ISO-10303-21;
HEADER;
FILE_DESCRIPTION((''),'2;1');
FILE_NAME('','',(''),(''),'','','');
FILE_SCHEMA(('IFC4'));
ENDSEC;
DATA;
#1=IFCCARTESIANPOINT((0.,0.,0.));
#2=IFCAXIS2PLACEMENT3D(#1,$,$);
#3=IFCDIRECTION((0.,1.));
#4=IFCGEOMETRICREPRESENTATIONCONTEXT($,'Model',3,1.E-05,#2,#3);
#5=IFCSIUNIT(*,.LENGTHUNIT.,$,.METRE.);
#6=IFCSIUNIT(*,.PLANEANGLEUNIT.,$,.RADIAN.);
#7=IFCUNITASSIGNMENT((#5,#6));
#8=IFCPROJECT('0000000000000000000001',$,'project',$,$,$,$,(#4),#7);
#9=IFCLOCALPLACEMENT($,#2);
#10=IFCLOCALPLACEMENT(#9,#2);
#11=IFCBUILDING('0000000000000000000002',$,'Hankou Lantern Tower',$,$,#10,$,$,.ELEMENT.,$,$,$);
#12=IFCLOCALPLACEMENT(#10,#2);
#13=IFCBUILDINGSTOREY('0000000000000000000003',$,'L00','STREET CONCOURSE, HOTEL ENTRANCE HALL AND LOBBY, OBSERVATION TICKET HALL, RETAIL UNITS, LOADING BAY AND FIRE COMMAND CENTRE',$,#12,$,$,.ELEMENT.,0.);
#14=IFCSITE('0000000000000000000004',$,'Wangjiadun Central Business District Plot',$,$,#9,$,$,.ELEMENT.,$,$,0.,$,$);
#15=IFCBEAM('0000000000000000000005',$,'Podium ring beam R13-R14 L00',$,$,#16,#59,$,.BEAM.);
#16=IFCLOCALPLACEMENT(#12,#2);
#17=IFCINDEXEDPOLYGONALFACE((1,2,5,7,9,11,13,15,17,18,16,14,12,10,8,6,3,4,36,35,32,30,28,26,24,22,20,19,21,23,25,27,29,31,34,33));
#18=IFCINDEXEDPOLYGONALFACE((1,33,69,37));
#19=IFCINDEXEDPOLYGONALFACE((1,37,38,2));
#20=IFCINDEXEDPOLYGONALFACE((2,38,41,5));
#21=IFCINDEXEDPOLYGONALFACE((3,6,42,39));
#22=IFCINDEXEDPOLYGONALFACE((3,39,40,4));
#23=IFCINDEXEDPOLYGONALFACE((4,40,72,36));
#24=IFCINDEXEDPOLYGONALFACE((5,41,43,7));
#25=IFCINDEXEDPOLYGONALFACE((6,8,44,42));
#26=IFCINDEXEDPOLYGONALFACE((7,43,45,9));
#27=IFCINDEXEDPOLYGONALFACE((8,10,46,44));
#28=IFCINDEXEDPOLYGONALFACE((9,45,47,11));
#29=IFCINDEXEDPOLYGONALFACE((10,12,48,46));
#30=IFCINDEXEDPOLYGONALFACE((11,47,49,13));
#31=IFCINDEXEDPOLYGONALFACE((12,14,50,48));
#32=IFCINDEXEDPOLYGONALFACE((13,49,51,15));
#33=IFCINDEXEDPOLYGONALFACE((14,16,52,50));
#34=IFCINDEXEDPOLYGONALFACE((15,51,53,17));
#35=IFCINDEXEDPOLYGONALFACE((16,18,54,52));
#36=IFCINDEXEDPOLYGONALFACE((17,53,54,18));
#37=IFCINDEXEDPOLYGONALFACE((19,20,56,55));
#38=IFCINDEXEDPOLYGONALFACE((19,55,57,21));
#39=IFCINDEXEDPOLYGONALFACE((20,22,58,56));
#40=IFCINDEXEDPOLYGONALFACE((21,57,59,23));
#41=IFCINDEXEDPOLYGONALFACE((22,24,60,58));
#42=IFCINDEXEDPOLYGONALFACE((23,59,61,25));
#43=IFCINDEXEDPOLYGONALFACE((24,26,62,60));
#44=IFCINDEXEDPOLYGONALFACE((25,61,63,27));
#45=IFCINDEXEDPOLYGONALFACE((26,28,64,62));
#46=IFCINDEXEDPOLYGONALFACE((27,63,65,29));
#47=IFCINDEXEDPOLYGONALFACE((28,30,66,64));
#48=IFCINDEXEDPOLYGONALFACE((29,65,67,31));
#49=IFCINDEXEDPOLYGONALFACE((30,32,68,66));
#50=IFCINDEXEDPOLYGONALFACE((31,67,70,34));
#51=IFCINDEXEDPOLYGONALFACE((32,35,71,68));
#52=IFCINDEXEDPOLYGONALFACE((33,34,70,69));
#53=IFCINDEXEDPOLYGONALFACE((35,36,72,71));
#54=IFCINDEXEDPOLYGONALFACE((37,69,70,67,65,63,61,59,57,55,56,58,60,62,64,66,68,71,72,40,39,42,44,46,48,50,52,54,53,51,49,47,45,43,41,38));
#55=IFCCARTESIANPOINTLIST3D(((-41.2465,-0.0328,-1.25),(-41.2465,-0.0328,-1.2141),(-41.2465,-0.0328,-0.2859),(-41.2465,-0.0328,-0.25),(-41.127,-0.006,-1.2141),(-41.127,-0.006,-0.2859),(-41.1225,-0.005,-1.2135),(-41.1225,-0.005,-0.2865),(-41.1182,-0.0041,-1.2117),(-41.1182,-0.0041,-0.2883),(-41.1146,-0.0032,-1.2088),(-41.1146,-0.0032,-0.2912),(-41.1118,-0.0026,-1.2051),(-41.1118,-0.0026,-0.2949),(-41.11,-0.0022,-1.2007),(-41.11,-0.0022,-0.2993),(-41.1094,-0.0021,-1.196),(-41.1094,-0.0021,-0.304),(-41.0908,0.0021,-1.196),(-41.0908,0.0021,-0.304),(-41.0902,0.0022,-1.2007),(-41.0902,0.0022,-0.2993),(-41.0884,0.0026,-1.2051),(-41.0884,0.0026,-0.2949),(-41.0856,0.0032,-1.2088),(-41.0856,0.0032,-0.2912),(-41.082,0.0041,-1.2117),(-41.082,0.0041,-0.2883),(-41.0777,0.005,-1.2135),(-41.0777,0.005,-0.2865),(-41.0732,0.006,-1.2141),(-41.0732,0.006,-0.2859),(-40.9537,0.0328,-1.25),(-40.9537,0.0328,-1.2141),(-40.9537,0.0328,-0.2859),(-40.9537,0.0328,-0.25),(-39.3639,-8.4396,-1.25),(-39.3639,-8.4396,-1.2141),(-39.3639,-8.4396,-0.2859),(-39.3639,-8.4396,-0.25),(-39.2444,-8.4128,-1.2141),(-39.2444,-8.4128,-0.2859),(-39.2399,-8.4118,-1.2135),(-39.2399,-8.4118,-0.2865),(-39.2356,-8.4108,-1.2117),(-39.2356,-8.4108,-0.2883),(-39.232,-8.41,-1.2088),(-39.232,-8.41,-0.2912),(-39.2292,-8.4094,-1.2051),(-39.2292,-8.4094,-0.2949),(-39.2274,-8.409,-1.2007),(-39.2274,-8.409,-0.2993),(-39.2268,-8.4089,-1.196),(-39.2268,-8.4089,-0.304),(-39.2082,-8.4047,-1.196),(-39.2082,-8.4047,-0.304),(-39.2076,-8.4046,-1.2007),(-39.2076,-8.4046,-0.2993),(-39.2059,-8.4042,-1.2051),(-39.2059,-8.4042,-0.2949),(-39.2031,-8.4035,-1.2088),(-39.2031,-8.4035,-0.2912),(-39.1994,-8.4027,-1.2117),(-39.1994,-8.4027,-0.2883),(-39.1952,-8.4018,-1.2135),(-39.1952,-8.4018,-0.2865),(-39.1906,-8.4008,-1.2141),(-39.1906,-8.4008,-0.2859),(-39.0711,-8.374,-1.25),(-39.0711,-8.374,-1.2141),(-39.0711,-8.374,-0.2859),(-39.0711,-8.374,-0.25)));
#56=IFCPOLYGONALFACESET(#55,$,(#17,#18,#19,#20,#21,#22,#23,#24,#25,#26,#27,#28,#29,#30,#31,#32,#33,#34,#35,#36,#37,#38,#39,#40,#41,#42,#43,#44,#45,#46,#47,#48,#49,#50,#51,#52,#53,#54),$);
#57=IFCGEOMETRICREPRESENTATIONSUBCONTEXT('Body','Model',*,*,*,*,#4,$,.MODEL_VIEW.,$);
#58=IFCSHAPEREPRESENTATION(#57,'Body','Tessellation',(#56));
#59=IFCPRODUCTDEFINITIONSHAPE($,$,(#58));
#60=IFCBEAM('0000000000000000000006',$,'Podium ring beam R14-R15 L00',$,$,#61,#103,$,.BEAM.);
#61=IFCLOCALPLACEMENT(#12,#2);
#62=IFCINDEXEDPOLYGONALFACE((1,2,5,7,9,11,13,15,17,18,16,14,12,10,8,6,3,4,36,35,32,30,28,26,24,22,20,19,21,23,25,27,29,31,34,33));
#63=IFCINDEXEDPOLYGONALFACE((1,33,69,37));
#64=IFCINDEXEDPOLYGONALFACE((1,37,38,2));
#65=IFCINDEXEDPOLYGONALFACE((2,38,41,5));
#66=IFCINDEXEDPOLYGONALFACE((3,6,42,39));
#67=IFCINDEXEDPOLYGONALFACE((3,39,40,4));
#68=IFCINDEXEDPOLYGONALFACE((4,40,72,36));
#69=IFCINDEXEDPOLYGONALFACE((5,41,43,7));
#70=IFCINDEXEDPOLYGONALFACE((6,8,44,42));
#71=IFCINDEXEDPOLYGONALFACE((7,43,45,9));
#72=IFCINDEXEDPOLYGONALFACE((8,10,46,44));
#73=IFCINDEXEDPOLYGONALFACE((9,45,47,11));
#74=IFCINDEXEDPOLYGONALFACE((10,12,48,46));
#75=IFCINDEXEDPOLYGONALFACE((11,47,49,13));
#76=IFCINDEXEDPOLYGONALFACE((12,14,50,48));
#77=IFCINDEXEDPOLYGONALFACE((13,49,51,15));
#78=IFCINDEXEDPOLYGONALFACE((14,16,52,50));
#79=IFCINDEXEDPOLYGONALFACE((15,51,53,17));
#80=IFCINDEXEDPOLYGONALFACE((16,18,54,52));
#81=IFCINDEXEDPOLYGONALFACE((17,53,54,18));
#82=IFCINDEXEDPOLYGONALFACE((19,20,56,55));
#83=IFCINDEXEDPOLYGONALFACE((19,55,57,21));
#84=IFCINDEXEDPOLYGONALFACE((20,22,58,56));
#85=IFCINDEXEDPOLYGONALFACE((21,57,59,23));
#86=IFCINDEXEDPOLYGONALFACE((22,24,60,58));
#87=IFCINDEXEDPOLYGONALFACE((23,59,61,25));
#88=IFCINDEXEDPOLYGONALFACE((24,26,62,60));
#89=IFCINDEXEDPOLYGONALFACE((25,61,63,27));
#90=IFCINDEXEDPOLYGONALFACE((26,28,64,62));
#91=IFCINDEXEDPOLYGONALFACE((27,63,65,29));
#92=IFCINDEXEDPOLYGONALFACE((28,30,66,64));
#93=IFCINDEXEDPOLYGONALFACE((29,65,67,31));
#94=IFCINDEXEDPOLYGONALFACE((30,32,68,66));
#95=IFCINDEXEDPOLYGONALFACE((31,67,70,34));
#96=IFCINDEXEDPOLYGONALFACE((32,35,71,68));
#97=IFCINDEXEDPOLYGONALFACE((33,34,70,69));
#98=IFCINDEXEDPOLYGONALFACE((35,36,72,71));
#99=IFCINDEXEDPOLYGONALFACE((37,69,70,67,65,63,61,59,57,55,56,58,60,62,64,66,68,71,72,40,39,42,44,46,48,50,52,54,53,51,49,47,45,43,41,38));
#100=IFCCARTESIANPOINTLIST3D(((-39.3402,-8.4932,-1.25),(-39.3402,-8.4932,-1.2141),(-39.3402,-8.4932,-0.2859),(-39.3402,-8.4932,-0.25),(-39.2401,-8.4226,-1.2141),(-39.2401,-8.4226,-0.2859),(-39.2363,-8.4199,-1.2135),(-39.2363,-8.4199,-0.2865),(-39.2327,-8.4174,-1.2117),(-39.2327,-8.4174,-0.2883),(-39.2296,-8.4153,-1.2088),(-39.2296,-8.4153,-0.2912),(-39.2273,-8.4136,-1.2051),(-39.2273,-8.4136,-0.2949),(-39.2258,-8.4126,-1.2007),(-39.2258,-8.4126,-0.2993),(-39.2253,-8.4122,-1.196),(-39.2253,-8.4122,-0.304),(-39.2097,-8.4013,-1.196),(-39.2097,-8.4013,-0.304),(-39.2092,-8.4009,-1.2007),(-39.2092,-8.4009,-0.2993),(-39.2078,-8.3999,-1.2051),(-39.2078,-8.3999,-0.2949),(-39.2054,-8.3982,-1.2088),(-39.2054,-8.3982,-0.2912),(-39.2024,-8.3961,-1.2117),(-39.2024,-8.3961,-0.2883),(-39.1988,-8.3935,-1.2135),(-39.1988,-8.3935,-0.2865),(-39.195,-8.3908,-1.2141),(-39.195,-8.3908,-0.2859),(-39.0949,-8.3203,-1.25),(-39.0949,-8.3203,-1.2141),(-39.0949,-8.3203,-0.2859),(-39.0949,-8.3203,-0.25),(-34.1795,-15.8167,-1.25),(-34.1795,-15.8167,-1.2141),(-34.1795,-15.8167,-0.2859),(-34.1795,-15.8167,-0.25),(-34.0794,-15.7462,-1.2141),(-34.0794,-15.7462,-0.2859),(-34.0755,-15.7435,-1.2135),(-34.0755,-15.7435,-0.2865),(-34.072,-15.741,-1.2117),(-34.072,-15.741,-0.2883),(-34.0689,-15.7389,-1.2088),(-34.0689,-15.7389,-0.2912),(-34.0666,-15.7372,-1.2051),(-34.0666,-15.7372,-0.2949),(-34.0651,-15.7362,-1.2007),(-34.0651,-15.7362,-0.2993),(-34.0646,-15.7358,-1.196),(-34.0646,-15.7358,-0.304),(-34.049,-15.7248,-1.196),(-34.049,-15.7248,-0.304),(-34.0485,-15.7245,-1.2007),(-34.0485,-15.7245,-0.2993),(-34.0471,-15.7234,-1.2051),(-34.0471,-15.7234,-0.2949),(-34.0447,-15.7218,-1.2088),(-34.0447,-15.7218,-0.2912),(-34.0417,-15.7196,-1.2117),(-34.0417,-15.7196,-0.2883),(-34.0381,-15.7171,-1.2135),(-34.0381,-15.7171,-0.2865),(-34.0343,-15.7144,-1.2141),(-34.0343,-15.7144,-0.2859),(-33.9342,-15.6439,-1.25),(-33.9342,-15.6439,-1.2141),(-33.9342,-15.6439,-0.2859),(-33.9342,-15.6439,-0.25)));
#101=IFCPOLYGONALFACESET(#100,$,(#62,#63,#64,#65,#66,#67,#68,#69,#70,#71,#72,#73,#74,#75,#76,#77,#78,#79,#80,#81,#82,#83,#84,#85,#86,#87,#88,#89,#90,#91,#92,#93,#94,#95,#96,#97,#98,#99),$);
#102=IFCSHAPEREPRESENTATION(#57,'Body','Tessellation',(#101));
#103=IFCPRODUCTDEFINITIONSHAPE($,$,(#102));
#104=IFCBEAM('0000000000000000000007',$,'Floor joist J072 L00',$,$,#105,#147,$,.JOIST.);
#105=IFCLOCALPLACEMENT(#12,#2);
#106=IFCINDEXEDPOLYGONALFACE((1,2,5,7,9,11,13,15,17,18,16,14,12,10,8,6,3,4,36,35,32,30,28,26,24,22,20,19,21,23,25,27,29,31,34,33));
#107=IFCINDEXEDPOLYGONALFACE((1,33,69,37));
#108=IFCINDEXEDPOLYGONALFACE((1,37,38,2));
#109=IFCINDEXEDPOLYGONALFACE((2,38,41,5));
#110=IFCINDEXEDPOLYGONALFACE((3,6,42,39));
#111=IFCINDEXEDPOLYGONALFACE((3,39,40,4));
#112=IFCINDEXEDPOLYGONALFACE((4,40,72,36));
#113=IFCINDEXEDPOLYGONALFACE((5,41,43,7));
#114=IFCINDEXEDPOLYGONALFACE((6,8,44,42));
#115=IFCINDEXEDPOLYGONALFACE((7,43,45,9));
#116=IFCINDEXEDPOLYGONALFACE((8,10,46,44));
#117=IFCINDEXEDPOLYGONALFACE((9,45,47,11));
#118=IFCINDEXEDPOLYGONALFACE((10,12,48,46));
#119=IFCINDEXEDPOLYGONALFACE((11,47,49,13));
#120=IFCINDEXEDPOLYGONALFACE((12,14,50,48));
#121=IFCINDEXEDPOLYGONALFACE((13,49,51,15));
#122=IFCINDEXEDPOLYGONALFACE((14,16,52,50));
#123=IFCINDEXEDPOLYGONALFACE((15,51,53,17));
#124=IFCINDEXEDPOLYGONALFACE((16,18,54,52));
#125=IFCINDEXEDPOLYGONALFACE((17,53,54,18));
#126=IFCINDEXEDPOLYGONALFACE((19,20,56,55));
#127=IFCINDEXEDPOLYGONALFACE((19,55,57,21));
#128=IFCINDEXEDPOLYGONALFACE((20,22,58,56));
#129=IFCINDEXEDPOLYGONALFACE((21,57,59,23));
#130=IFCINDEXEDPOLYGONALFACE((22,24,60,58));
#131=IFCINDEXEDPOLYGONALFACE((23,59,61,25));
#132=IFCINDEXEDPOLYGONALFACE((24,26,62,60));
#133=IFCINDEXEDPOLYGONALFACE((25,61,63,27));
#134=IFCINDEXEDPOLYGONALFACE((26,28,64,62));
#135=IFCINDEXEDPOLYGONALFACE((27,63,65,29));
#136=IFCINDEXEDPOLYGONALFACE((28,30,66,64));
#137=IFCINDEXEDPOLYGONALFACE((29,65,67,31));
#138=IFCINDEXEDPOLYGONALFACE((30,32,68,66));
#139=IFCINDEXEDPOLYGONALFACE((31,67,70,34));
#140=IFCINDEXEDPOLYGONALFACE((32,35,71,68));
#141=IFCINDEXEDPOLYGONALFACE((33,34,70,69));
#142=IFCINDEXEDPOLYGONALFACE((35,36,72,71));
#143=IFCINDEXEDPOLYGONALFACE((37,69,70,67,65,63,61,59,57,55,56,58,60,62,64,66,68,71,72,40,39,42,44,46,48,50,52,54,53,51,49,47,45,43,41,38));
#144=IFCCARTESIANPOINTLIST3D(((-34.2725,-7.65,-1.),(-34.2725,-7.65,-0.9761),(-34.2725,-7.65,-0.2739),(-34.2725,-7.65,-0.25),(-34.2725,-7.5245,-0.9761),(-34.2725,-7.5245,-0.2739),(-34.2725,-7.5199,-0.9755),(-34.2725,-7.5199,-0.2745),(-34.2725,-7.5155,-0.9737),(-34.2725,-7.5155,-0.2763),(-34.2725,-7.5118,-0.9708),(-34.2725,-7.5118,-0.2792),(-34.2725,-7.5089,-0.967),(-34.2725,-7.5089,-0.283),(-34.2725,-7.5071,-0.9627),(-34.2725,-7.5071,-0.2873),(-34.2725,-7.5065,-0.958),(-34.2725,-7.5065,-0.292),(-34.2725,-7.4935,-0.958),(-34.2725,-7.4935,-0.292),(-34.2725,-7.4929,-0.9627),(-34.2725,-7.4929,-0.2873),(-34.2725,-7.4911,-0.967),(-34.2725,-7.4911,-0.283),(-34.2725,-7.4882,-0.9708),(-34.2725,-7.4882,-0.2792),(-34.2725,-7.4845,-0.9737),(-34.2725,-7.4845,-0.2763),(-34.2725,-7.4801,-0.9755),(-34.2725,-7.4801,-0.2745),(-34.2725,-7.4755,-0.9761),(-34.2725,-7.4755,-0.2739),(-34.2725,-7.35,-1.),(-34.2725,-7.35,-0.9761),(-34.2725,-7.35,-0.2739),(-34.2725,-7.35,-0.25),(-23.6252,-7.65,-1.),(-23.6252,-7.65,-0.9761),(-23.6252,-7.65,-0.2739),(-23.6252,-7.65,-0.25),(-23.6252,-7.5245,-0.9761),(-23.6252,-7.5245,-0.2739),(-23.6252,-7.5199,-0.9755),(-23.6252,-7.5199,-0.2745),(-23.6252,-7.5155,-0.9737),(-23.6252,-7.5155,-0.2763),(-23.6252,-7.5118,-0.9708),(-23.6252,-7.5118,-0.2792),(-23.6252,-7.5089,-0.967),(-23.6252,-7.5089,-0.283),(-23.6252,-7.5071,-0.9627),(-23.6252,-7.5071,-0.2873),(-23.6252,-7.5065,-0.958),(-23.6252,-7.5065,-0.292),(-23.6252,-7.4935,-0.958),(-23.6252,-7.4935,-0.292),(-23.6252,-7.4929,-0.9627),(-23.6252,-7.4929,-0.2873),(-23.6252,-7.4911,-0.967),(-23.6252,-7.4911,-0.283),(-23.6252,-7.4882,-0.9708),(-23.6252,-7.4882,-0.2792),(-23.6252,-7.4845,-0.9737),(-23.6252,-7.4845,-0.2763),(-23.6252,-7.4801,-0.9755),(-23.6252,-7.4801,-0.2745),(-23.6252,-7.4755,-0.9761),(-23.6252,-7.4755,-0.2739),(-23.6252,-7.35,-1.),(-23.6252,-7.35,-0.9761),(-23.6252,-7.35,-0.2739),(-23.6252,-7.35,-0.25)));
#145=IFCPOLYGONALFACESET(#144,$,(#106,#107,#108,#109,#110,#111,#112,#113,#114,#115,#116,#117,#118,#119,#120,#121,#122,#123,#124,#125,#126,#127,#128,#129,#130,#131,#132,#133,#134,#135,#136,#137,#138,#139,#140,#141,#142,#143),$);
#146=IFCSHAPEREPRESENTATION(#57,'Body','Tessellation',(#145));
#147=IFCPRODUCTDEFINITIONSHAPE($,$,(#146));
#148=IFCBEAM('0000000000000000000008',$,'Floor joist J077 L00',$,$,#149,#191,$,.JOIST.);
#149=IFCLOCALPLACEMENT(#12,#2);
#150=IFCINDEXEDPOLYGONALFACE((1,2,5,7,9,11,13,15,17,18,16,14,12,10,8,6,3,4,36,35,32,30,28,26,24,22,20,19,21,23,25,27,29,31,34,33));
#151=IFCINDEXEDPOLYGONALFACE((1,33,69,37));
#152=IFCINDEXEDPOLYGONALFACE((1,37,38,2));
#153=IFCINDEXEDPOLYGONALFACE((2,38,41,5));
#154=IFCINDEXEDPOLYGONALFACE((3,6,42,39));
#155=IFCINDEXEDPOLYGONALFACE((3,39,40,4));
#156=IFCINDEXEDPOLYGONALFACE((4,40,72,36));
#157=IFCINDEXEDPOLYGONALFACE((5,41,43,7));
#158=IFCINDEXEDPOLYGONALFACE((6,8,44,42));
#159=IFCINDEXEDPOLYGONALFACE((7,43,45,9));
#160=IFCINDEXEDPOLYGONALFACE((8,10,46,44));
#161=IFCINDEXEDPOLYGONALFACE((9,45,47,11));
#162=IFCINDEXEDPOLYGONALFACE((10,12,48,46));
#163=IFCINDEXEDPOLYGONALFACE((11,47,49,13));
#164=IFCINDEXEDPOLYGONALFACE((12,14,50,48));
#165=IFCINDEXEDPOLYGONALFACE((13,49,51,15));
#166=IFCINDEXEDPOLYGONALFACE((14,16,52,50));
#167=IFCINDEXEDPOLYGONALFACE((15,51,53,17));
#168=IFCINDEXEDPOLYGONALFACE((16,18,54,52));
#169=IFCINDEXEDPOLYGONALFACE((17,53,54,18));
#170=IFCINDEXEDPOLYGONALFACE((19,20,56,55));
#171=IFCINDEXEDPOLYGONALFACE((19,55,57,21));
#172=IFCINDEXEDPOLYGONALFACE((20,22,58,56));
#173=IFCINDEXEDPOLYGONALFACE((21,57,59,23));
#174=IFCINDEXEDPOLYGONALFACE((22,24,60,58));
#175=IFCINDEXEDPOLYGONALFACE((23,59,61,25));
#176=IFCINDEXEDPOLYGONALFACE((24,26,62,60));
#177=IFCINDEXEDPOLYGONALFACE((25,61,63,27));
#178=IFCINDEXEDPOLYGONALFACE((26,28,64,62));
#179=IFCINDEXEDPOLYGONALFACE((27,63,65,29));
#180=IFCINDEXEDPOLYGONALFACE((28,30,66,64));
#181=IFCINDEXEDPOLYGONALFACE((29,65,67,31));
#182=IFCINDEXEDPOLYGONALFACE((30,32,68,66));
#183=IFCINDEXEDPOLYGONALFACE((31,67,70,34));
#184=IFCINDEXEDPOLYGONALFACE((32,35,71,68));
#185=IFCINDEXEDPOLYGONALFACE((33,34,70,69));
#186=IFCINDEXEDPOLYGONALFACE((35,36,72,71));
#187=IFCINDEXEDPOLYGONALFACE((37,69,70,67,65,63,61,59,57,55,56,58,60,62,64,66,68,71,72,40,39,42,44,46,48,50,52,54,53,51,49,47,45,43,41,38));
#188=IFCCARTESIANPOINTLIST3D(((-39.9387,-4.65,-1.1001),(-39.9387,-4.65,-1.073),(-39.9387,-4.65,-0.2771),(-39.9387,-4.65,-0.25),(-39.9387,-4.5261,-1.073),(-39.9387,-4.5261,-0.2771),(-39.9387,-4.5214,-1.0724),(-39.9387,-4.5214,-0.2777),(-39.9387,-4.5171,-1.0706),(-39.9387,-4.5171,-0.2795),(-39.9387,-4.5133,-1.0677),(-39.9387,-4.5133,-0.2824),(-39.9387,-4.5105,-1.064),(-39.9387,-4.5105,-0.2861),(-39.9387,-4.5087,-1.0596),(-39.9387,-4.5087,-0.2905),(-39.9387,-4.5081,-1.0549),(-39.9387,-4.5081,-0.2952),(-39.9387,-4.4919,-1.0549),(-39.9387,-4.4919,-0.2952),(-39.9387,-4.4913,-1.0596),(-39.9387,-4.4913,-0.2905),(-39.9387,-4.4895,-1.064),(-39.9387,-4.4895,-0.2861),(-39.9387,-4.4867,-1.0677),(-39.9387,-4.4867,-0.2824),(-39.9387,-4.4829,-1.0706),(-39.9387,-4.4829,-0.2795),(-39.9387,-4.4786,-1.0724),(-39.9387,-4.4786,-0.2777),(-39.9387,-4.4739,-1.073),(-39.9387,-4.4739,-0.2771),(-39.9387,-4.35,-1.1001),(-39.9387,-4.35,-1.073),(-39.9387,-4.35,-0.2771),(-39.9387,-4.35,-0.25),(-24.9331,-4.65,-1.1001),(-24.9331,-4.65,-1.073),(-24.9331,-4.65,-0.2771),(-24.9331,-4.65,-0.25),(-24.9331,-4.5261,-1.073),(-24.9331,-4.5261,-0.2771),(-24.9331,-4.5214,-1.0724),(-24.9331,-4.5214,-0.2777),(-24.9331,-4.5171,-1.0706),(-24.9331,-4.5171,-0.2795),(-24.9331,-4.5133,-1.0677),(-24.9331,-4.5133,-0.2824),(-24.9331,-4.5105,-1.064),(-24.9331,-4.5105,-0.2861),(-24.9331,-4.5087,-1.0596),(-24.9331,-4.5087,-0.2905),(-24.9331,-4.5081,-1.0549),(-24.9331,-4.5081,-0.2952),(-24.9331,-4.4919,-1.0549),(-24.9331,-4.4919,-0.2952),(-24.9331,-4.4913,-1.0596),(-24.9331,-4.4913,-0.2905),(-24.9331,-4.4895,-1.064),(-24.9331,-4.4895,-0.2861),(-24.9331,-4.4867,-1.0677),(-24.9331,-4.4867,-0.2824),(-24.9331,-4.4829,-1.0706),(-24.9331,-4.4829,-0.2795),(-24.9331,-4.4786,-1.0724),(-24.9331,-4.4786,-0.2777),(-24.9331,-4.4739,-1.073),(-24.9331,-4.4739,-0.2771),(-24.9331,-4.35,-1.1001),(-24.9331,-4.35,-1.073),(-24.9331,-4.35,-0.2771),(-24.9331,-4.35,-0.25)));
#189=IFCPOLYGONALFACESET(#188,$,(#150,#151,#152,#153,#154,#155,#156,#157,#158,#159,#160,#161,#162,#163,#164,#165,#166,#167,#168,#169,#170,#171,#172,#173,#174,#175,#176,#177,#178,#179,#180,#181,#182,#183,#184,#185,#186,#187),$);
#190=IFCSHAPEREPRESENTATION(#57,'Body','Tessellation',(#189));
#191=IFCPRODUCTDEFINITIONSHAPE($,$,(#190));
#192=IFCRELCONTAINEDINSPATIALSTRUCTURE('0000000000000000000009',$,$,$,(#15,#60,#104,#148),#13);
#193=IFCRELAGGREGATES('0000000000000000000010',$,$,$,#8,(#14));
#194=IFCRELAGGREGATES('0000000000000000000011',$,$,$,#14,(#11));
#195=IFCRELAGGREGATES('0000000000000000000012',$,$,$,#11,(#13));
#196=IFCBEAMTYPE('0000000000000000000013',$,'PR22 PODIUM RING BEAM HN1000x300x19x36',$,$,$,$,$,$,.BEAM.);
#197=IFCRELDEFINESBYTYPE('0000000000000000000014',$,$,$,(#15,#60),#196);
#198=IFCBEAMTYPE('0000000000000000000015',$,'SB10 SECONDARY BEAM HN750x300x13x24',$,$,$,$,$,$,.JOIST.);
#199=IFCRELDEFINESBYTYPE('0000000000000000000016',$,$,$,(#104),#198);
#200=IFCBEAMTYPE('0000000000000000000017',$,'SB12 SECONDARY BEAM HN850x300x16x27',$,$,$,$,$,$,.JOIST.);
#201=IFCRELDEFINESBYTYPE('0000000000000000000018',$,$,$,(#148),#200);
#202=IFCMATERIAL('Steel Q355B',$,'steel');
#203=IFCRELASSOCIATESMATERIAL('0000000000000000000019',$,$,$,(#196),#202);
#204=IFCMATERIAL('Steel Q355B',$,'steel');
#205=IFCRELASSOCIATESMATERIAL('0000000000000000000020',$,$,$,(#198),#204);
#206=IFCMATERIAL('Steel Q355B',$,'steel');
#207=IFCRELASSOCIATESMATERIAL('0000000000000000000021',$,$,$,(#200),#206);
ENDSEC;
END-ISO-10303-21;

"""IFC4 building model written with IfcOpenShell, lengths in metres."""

from ifc_helpers import new_model, si_unit, direction, frame, origin, origin_2d, place, context, subcontext, project, spatial, i_section, extrude, material, material_profile, profile_set, type_object, element, save


model = new_model("IFC4")

# Units and contexts
model_context = context("Model", 3, precision=1e-05, world=origin(), true_north=direction((0.0, 1.0)))
body_context = subcontext(model_context, "Body", "Model", "MODEL_VIEW")
ifc_project = project(units=[si_unit("LENGTHUNIT", "METRE"), si_unit("PLANEANGLEUNIT", "RADIAN")], contexts=[model_context])

# Site, building, storey
site_placement = place(None, origin())
site = spatial("IfcSite", under=ifc_project, at=site_placement, Name="Wangjiadun Central Business District Plot", CompositionType="ELEMENT", RefElevation=0.0)
building_placement = place(site_placement, origin())
building = spatial("IfcBuilding", under=site, at=building_placement, Name="Hankou Lantern Tower", CompositionType="ELEMENT")
storey_placement = place(building_placement, origin())
storey = spatial("IfcBuildingStorey", under=building, at=storey_placement, Name="L00", Description="STREET CONCOURSE, HOTEL ENTRANCE HALL AND LOBBY, OBSERVATION TICKET HALL, RETAIL UNITS, LOADING BAY AND FIRE COMMAND CENTRE", CompositionType="ELEMENT", Elevation=0.0)

# Beams
ifc_material_1 = material(Name="Steel Q355B", Category="steel")
ifc_material_profile_1 = material_profile(ifc_material_1, i_section(OverallWidth=0.3, OverallDepth=1.0, WebThickness=0.019, FlangeThickness=0.0359, FilletRadius=0.0181, at=origin_2d()), Name="HN1000x300x19x36")
ifc_profile_set_1 = profile_set([ifc_material_profile_1], Name="Steel Q355B")
beam_type_1 = type_object("IfcBeamType", Name="PR22 PODIUM RING BEAM HN1000x300x19x36", PredefinedType="BEAM", material=ifc_profile_set_1)
beam_1_placement = place(storey_placement, frame((-41.1001, 0.0, -0.75), z_axis=(0.218523, -0.975832, 0.0), x_axis=(0.975832, 0.218523, 0.0)))
element("IfcBeam", 1, at=beam_1_placement, inside=storey, type_object=beam_type_1, Name="Podium ring beam R13-R14 L00", PredefinedType="BEAM", context=body_context, shape_type="SweptSolid", body=[
    extrude(i_section(OverallWidth=0.3, OverallDepth=1.0, WebThickness=0.019, FlangeThickness=0.0359, FilletRadius=0.0181, at=origin_2d()), origin(), (0.0, 0.0, 1.0), 8.615),
])
beam_2_placement = place(storey_placement, frame((-39.2175, -8.4067, -0.75), z_axis=(0.576022, -0.817434, 0.0), x_axis=(0.817434, 0.576022, 0.0)))
element("IfcBeam", 2, at=beam_2_placement, inside=storey, type_object=beam_type_1, Name="Podium ring beam R14-R15 L00", PredefinedType="BEAM", context=body_context, shape_type="SweptSolid", body=[
    extrude(i_section(OverallWidth=0.3, OverallDepth=1.0, WebThickness=0.019, FlangeThickness=0.0359, FilletRadius=0.0181, at=origin_2d()), origin(), (0.0, 0.0, 1.0), 8.9592),
])
ifc_material_2 = material(Name="Steel Q355B", Category="steel")
ifc_material_profile_2 = material_profile(ifc_material_2, i_section(OverallWidth=0.3, OverallDepth=0.75, WebThickness=0.0129, FlangeThickness=0.0239, FilletRadius=0.0181, at=origin_2d()), Name="HN750x300x13x24")
ifc_profile_set_2 = profile_set([ifc_material_profile_2], Name="Steel Q355B")
beam_type_2 = type_object("IfcBeamType", Name="SB10 SECONDARY BEAM HN750x300x13x24", PredefinedType="JOIST", material=ifc_profile_set_2)
beam_3_placement = place(storey_placement, frame((-34.2725, -7.5, -0.625), z_axis=(1.0, 0.0, 0.0), x_axis=(0.0, 1.0, 0.0)))
element("IfcBeam", 3, at=beam_3_placement, inside=storey, type_object=beam_type_2, Name="Floor joist J072 L00", PredefinedType="JOIST", context=body_context, shape_type="SweptSolid", body=[
    extrude(i_section(OverallWidth=0.3, OverallDepth=0.75, WebThickness=0.0129, FlangeThickness=0.0239, FilletRadius=0.0181, at=origin_2d()), origin(), (0.0, 0.0, 1.0), 10.6472),
])
ifc_material_3 = material(Name="Steel Q355B", Category="steel")
ifc_material_profile_3 = material_profile(ifc_material_3, i_section(OverallWidth=0.3, OverallDepth=0.8501, WebThickness=0.0161, FlangeThickness=0.0271, FilletRadius=0.0181, at=origin_2d()), Name="HN850x300x16x27")
ifc_profile_set_3 = profile_set([ifc_material_profile_3], Name="Steel Q355B")
beam_type_3 = type_object("IfcBeamType", Name="SB12 SECONDARY BEAM HN850x300x16x27", PredefinedType="JOIST", material=ifc_profile_set_3)
beam_4_placement = place(storey_placement, frame((-39.9387, -4.5, -0.675), z_axis=(1.0, 0.0, 0.0), x_axis=(0.0, 1.0, 0.0)))
element("IfcBeam", 4, at=beam_4_placement, inside=storey, type_object=beam_type_3, Name="Floor joist J077 L00", PredefinedType="JOIST", context=body_context, shape_type="SweptSolid", body=[
    extrude(i_section(OverallWidth=0.3, OverallDepth=0.8501, WebThickness=0.0161, FlangeThickness=0.0271, FilletRadius=0.0181, at=origin_2d()), origin(), (0.0, 0.0, 1.0), 15.0056),
])

save(model, "model.ifc")
